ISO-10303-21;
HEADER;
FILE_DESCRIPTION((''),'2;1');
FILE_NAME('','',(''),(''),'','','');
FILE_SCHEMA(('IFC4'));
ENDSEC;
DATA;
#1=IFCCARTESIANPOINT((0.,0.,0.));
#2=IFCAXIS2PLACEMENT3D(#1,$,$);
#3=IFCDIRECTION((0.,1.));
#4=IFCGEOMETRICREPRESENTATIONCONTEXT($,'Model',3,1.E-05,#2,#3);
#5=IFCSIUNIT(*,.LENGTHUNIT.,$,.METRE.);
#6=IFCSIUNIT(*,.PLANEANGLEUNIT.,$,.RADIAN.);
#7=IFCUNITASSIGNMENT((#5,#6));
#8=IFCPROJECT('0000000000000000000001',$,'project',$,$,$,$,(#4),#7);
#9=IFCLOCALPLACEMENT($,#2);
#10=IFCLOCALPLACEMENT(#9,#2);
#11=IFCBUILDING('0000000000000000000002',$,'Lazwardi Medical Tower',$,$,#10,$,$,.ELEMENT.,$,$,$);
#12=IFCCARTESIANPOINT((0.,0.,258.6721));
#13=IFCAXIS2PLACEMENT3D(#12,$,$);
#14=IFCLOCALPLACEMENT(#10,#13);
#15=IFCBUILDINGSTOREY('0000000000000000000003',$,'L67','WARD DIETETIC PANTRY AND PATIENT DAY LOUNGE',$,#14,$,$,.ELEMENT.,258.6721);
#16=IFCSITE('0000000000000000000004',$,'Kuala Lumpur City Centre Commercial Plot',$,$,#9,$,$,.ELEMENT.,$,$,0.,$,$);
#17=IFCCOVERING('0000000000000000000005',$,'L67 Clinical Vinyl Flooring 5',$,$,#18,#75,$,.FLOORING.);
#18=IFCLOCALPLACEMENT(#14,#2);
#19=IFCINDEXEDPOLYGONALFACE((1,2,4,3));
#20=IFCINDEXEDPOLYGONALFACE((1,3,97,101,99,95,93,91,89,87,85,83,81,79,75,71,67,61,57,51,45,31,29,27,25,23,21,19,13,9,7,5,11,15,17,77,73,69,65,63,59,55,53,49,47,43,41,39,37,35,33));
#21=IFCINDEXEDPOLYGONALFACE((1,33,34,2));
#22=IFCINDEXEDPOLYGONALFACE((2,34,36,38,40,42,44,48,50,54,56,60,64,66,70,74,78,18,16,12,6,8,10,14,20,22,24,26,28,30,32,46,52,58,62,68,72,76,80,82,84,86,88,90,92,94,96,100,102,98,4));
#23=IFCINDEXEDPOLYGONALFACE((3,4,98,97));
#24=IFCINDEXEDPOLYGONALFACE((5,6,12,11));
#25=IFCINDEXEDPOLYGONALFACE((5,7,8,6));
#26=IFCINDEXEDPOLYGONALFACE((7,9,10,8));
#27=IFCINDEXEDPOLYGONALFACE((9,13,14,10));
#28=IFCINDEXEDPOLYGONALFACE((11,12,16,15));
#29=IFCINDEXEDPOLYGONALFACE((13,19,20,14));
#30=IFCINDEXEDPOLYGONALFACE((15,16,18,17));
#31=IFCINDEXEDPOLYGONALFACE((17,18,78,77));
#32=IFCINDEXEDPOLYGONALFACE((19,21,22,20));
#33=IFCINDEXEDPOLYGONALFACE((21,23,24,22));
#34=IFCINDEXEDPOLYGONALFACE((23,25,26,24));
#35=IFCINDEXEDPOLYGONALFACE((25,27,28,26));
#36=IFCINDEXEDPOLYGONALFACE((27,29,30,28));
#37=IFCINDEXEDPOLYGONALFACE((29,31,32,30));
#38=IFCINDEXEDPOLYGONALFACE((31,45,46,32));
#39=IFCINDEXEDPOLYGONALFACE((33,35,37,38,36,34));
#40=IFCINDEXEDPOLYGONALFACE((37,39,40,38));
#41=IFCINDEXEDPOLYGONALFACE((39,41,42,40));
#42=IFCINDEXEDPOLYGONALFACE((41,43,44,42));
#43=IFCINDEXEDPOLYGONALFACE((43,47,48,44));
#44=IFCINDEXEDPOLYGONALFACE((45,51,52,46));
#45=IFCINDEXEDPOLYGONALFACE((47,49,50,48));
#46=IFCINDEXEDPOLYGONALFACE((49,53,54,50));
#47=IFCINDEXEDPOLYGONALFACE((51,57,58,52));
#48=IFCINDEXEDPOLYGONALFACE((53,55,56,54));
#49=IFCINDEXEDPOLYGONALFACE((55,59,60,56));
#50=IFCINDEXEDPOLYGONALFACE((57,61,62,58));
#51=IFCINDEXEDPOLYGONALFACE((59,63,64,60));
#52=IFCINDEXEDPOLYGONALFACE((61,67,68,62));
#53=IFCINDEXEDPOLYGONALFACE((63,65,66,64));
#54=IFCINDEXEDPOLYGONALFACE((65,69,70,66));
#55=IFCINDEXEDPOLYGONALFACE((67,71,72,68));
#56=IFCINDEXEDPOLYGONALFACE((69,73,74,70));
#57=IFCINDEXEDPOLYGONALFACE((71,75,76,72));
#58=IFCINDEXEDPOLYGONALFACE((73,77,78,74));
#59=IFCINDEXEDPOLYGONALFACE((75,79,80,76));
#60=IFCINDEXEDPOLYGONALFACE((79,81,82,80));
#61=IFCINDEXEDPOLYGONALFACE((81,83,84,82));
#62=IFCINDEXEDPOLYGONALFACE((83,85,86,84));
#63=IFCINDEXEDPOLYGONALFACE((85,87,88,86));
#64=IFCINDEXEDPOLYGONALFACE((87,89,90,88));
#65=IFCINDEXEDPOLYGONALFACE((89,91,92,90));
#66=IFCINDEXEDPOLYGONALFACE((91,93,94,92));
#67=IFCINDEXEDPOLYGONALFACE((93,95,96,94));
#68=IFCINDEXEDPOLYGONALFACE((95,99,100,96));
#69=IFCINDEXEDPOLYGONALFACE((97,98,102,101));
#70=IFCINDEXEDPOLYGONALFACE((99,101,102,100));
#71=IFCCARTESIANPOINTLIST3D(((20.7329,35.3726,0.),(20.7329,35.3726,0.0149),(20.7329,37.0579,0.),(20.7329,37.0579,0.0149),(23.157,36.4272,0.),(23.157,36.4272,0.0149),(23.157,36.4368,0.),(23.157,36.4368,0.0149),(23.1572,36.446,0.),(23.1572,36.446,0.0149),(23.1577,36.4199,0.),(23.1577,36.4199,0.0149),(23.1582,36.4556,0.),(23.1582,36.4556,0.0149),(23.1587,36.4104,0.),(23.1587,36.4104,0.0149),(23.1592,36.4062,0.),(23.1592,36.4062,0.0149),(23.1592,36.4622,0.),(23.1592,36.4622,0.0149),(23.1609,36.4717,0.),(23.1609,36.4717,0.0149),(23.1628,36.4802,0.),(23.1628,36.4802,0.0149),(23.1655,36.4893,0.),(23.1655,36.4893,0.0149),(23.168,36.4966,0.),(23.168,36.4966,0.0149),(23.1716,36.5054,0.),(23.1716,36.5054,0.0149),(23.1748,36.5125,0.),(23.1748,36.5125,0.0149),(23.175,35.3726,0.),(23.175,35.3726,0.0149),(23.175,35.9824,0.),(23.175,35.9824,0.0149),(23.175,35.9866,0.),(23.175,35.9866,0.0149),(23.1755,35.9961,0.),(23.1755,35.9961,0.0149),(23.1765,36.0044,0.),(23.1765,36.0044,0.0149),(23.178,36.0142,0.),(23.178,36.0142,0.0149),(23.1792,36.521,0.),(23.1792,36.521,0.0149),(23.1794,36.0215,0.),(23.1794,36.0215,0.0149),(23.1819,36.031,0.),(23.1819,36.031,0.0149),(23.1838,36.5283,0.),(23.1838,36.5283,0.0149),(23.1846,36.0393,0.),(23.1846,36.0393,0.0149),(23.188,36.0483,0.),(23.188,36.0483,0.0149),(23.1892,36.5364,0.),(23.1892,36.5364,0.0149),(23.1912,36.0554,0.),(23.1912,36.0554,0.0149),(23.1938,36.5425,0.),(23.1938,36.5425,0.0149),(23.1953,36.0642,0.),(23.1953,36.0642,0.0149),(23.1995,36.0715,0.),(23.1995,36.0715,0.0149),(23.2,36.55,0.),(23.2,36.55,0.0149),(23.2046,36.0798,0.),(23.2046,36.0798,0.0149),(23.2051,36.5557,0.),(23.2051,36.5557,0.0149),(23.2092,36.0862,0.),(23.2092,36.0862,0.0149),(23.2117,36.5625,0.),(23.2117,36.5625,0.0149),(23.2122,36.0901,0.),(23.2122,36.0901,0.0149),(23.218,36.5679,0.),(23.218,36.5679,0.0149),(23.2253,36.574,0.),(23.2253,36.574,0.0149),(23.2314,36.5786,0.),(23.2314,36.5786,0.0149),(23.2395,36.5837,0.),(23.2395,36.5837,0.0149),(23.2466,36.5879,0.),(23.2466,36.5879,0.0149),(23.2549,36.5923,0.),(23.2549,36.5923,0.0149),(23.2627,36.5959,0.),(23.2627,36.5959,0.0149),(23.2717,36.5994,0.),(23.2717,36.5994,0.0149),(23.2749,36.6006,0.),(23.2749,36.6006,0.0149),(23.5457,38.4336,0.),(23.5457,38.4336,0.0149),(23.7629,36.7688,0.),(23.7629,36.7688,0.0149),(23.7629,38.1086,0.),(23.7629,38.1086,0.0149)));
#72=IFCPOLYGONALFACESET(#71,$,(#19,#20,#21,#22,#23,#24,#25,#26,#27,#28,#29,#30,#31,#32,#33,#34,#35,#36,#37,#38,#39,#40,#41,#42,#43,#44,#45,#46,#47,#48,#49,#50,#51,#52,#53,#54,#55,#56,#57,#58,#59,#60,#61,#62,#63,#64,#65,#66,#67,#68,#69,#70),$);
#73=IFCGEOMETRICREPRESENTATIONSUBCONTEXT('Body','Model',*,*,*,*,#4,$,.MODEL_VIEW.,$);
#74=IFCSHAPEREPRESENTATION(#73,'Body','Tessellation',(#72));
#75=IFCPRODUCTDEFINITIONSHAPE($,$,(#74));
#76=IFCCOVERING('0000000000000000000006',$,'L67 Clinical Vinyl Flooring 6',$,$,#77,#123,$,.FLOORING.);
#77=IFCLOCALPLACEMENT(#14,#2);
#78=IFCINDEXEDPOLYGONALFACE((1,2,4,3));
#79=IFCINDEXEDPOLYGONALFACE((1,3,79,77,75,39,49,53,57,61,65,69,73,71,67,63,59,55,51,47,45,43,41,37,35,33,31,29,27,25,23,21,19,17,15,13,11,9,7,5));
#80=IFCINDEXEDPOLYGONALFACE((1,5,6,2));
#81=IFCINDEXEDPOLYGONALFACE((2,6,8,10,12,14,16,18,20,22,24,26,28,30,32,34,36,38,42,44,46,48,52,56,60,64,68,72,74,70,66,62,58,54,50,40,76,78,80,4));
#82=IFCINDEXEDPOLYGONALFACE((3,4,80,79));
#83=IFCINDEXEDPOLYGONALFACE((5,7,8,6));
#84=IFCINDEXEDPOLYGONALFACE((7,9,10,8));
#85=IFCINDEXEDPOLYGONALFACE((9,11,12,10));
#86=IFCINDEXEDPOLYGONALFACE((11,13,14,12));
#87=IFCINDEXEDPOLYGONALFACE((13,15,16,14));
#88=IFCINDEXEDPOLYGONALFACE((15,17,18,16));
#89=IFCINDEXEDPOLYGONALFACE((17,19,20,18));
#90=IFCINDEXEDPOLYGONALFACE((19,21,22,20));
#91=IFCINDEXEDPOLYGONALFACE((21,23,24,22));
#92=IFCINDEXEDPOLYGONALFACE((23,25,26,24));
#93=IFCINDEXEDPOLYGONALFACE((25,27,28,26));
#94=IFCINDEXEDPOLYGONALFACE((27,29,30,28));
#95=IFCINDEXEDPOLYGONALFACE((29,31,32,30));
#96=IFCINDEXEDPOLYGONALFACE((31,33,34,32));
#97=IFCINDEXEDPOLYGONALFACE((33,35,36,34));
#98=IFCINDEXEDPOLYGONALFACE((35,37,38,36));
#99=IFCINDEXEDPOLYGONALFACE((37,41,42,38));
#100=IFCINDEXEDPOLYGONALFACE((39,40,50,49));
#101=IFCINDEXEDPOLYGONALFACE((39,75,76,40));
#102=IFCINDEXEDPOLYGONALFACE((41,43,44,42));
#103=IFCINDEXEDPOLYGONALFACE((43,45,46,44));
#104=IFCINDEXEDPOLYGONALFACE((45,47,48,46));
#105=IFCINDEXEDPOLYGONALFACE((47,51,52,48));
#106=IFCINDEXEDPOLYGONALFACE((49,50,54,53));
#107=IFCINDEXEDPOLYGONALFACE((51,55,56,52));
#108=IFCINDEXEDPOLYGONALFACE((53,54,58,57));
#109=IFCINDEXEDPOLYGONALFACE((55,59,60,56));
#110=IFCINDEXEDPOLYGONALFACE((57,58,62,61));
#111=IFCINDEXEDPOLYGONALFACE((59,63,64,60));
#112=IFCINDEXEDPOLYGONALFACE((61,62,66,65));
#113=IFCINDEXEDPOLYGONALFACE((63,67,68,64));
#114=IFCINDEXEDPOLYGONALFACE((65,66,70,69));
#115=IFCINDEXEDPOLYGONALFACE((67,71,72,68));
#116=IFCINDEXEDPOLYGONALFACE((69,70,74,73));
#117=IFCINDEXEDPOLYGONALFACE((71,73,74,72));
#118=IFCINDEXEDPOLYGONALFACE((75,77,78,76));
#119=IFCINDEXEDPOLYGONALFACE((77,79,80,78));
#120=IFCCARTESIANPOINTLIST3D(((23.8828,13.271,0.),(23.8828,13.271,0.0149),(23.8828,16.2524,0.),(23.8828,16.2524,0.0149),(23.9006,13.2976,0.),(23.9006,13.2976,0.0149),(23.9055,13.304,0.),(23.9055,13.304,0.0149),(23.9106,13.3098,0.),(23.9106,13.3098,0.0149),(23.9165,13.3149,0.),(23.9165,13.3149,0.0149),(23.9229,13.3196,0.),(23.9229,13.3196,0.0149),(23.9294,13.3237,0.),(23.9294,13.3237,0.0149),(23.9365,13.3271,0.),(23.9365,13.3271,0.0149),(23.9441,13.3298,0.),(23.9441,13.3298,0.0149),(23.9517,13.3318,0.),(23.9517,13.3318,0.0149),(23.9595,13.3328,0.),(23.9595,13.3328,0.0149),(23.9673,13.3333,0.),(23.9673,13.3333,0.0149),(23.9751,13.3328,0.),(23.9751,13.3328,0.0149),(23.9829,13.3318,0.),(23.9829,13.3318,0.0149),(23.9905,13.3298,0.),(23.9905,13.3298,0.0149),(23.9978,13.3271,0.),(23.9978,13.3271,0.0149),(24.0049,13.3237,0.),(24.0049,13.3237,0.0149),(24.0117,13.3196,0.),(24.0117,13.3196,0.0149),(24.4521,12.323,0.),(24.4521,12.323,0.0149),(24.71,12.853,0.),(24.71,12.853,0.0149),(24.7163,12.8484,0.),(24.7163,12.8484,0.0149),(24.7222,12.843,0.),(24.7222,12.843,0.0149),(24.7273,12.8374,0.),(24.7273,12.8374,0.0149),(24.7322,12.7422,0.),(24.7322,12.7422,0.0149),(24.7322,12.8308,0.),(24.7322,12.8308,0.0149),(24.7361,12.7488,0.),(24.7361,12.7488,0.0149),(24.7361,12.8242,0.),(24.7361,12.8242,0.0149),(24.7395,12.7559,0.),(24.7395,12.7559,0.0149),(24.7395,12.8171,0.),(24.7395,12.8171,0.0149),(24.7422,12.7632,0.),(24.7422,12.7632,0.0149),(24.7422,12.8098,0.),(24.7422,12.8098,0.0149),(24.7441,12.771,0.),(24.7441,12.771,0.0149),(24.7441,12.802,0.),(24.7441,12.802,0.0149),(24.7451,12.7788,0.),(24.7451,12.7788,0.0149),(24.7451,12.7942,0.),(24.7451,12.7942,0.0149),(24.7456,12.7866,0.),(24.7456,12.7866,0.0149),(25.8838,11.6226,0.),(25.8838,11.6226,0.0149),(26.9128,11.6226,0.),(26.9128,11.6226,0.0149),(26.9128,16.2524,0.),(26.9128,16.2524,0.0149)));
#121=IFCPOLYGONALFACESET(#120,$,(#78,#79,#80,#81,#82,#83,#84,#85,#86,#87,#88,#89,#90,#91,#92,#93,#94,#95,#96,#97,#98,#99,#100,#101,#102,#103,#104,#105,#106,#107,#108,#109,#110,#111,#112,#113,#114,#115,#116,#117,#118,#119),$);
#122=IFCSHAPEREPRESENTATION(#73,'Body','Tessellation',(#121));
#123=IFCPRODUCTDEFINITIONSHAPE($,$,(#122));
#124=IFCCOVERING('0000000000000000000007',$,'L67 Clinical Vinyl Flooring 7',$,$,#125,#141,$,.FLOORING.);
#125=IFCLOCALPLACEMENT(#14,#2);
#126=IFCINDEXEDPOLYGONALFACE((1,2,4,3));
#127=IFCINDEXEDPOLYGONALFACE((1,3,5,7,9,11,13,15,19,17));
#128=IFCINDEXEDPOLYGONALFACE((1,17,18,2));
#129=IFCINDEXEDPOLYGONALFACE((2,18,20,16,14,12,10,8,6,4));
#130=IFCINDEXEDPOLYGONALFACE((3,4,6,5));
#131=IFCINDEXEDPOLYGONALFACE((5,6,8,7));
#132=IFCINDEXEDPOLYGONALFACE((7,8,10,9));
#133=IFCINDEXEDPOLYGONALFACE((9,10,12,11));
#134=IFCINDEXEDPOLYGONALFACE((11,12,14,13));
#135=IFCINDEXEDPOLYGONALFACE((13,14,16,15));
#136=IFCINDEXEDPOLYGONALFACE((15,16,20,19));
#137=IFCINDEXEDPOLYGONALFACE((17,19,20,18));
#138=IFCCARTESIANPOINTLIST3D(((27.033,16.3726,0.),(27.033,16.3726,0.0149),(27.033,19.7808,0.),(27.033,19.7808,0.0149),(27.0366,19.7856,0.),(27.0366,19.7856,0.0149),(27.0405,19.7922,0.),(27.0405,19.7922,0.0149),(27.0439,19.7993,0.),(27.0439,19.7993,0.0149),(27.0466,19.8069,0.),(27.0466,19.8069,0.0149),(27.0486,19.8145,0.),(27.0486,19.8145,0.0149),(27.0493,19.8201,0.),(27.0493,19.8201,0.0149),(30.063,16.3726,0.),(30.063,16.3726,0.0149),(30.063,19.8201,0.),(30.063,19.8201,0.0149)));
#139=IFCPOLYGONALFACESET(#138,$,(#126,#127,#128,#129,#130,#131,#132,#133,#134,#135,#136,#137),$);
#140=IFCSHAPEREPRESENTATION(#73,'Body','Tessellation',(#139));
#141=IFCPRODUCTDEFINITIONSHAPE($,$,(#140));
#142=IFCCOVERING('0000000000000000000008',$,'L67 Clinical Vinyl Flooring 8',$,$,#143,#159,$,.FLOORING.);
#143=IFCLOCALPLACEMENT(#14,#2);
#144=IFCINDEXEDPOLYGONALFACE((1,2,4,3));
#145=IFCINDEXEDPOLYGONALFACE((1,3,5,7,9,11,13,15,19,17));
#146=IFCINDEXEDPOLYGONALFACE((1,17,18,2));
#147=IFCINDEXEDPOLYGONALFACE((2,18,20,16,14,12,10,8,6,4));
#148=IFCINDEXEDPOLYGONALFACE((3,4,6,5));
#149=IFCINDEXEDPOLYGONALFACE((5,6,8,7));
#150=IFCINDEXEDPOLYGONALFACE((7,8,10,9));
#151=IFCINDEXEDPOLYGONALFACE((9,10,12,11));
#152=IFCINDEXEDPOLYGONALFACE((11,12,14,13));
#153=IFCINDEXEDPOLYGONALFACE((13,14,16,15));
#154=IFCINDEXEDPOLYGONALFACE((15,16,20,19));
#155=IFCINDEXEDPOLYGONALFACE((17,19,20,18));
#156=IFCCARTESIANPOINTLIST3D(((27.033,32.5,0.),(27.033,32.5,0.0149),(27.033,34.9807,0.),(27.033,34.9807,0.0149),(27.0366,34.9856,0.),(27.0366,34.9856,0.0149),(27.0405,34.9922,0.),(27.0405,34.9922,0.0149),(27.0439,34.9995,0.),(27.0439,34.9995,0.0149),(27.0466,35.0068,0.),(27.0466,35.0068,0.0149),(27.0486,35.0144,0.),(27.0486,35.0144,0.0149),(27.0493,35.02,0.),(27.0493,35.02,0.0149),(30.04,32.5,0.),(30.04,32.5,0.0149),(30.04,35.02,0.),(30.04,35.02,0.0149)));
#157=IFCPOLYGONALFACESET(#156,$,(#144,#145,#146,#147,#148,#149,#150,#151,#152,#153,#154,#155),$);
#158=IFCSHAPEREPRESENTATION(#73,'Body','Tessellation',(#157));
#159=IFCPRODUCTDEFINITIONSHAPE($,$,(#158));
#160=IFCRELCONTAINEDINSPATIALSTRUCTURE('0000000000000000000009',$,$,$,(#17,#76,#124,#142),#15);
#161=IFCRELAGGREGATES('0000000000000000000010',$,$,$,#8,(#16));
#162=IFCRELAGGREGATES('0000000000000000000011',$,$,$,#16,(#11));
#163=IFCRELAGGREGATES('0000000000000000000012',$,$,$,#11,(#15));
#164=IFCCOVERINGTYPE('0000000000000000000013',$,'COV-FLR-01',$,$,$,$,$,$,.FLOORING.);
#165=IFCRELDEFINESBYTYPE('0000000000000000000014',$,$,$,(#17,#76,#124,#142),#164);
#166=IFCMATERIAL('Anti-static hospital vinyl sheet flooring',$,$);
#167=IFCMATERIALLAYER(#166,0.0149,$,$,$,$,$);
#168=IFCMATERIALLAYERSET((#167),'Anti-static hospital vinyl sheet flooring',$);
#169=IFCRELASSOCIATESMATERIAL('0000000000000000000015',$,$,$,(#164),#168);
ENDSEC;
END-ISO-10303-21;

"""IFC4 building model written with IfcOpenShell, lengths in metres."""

from ifc_helpers import new_model, si_unit, direction, frame, origin, place, context, subcontext, project, spatial, polyline, outline, extrude, material, layer, layer_set, type_object, element, save


model = new_model("IFC4")

# Units and contexts
model_context = context("Model", 3, precision=1e-05, world=origin(), true_north=direction((0.0, 1.0)))
body_context = subcontext(model_context, "Body", "Model", "MODEL_VIEW")
ifc_project = project(units=[si_unit("LENGTHUNIT", "METRE"), si_unit("PLANEANGLEUNIT", "RADIAN")], contexts=[model_context])

# Site, building, storey
site_placement = place(None, origin())
site = spatial("IfcSite", under=ifc_project, at=site_placement, Name="Kuala Lumpur City Centre Commercial Plot", CompositionType="ELEMENT", RefElevation=0.0)
building_placement = place(site_placement, origin())
building = spatial("IfcBuilding", under=site, at=building_placement, Name="Lazwardi Medical Tower", CompositionType="ELEMENT")
storey_placement = place(building_placement, frame((0.0, 0.0, 258.6721)))
storey = spatial("IfcBuildingStorey", under=building, at=storey_placement, Name="L67", Description="WARD DIETETIC PANTRY AND PATIENT DAY LOUNGE", CompositionType="ELEMENT", Elevation=258.6721)

# Coverings
ifc_material_1 = material(Name="Anti-static hospital vinyl sheet flooring")
ifc_layer_1 = layer(ifc_material_1, 0.0149)
ifc_layer_set_1 = layer_set([ifc_layer_1], Name="Anti-static hospital vinyl sheet flooring")
covering_type_1 = type_object("IfcCoveringType", Name="COV-FLR-01", PredefinedType="FLOORING", material=ifc_layer_set_1)
covering_1_placement = place(storey_placement, origin())
element("IfcCovering", 1, at=covering_1_placement, inside=storey, type_object=covering_type_1, Name="L67 Clinical Vinyl Flooring 5", PredefinedType="FLOORING", context=body_context, shape_type="SweptSolid", body=[
    extrude(outline(polyline([(23.7629, 38.1086), (23.5457, 38.4336), (20.7329, 37.0579), (20.7329, 35.3726), (23.175, 35.3726), (23.175, 35.9824), (23.175, 35.9866), (23.1755, 35.9961), (23.1765, 36.0044), (23.178, 36.0142), (23.1794, 36.0215), (23.1819, 36.031), (23.1846, 36.0393), (23.188, 36.0483), (23.1912, 36.0554), (23.1953, 36.0642), (23.1995, 36.0715), (23.2046, 36.0798), (23.2092, 36.0862), (23.2122, 36.0901), (23.1592, 36.4062), (23.1587, 36.4104), (23.1577, 36.4199), (23.157, 36.4272), (23.157, 36.4368), (23.1572, 36.446), (23.1582, 36.4556), (23.1592, 36.4622), (23.1609, 36.4717), (23.1628, 36.4802), (23.1655, 36.4893), (23.168, 36.4966), (23.1716, 36.5054), (23.1748, 36.5125), (23.1792, 36.521), (23.1838, 36.5283), (23.1892, 36.5364), (23.1938, 36.5425), (23.2, 36.55), (23.2051, 36.5557), (23.2117, 36.5625), (23.218, 36.5679), (23.2253, 36.574), (23.2314, 36.5786), (23.2395, 36.5837), (23.2466, 36.5879), (23.2549, 36.5923), (23.2627, 36.5959), (23.2717, 36.5994), (23.2749, 36.6006), (23.7629, 36.7688), (23.7629, 38.1086)])), origin(), (0.0, 0.0, 1.0), 0.0149),
])
covering_2_placement = place(storey_placement, origin())
element("IfcCovering", 2, at=covering_2_placement, inside=storey, type_object=covering_type_1, Name="L67 Clinical Vinyl Flooring 6", PredefinedType="FLOORING", context=body_context, shape_type="SweptSolid", body=[
    extrude(outline(polyline([(23.8828, 13.271), (23.9006, 13.2976), (23.9055, 13.304), (23.9106, 13.3098), (23.9165, 13.3149), (23.9229, 13.3196), (23.9294, 13.3237), (23.9365, 13.3271), (23.9441, 13.3298), (23.9517, 13.3318), (23.9595, 13.3328), (23.9673, 13.3333), (23.9751, 13.3328), (23.9829, 13.3318), (23.9905, 13.3298), (23.9978, 13.3271), (24.0049, 13.3237), (24.0117, 13.3196), (24.71, 12.853), (24.7163, 12.8484), (24.7222, 12.843), (24.7273, 12.8374), (24.7322, 12.8308), (24.7361, 12.8242), (24.7395, 12.8171), (24.7422, 12.8098), (24.7441, 12.802), (24.7451, 12.7942), (24.7456, 12.7866), (24.7451, 12.7788), (24.7441, 12.771), (24.7422, 12.7632), (24.7395, 12.7559), (24.7361, 12.7488), (24.7322, 12.7422), (24.4521, 12.323), (25.8838, 11.6226), (26.9128, 11.6226), (26.9128, 16.2524), (23.8828, 16.2524), (23.8828, 13.271)])), origin(), (0.0, 0.0, 1.0), 0.0149),
])
covering_3_placement = place(storey_placement, origin())
element("IfcCovering", 3, at=covering_3_placement, inside=storey, type_object=covering_type_1, Name="L67 Clinical Vinyl Flooring 7", PredefinedType="FLOORING", context=body_context, shape_type="SweptSolid", body=[
    extrude(outline(polyline([(30.063, 19.8201), (27.0493, 19.8201), (27.0486, 19.8145), (27.0466, 19.8069), (27.0439, 19.7993), (27.0405, 19.7922), (27.0366, 19.7856), (27.033, 19.7808), (27.033, 16.3726), (30.063, 16.3726), (30.063, 19.8201)])), origin(), (0.0, 0.0, 1.0), 0.0149),
])
covering_4_placement = place(storey_placement, origin())
element("IfcCovering", 4, at=covering_4_placement, inside=storey, type_object=covering_type_1, Name="L67 Clinical Vinyl Flooring 8", PredefinedType="FLOORING", context=body_context, shape_type="SweptSolid", body=[
    extrude(outline(polyline([(27.033, 32.5), (30.04, 32.5), (30.04, 35.02), (27.0493, 35.02), (27.0486, 35.0144), (27.0466, 35.0068), (27.0439, 34.9995), (27.0405, 34.9922), (27.0366, 34.9856), (27.033, 34.9807), (27.033, 32.5)])), origin(), (0.0, 0.0, 1.0), 0.0149),
])

save(model, "model.ifc")
